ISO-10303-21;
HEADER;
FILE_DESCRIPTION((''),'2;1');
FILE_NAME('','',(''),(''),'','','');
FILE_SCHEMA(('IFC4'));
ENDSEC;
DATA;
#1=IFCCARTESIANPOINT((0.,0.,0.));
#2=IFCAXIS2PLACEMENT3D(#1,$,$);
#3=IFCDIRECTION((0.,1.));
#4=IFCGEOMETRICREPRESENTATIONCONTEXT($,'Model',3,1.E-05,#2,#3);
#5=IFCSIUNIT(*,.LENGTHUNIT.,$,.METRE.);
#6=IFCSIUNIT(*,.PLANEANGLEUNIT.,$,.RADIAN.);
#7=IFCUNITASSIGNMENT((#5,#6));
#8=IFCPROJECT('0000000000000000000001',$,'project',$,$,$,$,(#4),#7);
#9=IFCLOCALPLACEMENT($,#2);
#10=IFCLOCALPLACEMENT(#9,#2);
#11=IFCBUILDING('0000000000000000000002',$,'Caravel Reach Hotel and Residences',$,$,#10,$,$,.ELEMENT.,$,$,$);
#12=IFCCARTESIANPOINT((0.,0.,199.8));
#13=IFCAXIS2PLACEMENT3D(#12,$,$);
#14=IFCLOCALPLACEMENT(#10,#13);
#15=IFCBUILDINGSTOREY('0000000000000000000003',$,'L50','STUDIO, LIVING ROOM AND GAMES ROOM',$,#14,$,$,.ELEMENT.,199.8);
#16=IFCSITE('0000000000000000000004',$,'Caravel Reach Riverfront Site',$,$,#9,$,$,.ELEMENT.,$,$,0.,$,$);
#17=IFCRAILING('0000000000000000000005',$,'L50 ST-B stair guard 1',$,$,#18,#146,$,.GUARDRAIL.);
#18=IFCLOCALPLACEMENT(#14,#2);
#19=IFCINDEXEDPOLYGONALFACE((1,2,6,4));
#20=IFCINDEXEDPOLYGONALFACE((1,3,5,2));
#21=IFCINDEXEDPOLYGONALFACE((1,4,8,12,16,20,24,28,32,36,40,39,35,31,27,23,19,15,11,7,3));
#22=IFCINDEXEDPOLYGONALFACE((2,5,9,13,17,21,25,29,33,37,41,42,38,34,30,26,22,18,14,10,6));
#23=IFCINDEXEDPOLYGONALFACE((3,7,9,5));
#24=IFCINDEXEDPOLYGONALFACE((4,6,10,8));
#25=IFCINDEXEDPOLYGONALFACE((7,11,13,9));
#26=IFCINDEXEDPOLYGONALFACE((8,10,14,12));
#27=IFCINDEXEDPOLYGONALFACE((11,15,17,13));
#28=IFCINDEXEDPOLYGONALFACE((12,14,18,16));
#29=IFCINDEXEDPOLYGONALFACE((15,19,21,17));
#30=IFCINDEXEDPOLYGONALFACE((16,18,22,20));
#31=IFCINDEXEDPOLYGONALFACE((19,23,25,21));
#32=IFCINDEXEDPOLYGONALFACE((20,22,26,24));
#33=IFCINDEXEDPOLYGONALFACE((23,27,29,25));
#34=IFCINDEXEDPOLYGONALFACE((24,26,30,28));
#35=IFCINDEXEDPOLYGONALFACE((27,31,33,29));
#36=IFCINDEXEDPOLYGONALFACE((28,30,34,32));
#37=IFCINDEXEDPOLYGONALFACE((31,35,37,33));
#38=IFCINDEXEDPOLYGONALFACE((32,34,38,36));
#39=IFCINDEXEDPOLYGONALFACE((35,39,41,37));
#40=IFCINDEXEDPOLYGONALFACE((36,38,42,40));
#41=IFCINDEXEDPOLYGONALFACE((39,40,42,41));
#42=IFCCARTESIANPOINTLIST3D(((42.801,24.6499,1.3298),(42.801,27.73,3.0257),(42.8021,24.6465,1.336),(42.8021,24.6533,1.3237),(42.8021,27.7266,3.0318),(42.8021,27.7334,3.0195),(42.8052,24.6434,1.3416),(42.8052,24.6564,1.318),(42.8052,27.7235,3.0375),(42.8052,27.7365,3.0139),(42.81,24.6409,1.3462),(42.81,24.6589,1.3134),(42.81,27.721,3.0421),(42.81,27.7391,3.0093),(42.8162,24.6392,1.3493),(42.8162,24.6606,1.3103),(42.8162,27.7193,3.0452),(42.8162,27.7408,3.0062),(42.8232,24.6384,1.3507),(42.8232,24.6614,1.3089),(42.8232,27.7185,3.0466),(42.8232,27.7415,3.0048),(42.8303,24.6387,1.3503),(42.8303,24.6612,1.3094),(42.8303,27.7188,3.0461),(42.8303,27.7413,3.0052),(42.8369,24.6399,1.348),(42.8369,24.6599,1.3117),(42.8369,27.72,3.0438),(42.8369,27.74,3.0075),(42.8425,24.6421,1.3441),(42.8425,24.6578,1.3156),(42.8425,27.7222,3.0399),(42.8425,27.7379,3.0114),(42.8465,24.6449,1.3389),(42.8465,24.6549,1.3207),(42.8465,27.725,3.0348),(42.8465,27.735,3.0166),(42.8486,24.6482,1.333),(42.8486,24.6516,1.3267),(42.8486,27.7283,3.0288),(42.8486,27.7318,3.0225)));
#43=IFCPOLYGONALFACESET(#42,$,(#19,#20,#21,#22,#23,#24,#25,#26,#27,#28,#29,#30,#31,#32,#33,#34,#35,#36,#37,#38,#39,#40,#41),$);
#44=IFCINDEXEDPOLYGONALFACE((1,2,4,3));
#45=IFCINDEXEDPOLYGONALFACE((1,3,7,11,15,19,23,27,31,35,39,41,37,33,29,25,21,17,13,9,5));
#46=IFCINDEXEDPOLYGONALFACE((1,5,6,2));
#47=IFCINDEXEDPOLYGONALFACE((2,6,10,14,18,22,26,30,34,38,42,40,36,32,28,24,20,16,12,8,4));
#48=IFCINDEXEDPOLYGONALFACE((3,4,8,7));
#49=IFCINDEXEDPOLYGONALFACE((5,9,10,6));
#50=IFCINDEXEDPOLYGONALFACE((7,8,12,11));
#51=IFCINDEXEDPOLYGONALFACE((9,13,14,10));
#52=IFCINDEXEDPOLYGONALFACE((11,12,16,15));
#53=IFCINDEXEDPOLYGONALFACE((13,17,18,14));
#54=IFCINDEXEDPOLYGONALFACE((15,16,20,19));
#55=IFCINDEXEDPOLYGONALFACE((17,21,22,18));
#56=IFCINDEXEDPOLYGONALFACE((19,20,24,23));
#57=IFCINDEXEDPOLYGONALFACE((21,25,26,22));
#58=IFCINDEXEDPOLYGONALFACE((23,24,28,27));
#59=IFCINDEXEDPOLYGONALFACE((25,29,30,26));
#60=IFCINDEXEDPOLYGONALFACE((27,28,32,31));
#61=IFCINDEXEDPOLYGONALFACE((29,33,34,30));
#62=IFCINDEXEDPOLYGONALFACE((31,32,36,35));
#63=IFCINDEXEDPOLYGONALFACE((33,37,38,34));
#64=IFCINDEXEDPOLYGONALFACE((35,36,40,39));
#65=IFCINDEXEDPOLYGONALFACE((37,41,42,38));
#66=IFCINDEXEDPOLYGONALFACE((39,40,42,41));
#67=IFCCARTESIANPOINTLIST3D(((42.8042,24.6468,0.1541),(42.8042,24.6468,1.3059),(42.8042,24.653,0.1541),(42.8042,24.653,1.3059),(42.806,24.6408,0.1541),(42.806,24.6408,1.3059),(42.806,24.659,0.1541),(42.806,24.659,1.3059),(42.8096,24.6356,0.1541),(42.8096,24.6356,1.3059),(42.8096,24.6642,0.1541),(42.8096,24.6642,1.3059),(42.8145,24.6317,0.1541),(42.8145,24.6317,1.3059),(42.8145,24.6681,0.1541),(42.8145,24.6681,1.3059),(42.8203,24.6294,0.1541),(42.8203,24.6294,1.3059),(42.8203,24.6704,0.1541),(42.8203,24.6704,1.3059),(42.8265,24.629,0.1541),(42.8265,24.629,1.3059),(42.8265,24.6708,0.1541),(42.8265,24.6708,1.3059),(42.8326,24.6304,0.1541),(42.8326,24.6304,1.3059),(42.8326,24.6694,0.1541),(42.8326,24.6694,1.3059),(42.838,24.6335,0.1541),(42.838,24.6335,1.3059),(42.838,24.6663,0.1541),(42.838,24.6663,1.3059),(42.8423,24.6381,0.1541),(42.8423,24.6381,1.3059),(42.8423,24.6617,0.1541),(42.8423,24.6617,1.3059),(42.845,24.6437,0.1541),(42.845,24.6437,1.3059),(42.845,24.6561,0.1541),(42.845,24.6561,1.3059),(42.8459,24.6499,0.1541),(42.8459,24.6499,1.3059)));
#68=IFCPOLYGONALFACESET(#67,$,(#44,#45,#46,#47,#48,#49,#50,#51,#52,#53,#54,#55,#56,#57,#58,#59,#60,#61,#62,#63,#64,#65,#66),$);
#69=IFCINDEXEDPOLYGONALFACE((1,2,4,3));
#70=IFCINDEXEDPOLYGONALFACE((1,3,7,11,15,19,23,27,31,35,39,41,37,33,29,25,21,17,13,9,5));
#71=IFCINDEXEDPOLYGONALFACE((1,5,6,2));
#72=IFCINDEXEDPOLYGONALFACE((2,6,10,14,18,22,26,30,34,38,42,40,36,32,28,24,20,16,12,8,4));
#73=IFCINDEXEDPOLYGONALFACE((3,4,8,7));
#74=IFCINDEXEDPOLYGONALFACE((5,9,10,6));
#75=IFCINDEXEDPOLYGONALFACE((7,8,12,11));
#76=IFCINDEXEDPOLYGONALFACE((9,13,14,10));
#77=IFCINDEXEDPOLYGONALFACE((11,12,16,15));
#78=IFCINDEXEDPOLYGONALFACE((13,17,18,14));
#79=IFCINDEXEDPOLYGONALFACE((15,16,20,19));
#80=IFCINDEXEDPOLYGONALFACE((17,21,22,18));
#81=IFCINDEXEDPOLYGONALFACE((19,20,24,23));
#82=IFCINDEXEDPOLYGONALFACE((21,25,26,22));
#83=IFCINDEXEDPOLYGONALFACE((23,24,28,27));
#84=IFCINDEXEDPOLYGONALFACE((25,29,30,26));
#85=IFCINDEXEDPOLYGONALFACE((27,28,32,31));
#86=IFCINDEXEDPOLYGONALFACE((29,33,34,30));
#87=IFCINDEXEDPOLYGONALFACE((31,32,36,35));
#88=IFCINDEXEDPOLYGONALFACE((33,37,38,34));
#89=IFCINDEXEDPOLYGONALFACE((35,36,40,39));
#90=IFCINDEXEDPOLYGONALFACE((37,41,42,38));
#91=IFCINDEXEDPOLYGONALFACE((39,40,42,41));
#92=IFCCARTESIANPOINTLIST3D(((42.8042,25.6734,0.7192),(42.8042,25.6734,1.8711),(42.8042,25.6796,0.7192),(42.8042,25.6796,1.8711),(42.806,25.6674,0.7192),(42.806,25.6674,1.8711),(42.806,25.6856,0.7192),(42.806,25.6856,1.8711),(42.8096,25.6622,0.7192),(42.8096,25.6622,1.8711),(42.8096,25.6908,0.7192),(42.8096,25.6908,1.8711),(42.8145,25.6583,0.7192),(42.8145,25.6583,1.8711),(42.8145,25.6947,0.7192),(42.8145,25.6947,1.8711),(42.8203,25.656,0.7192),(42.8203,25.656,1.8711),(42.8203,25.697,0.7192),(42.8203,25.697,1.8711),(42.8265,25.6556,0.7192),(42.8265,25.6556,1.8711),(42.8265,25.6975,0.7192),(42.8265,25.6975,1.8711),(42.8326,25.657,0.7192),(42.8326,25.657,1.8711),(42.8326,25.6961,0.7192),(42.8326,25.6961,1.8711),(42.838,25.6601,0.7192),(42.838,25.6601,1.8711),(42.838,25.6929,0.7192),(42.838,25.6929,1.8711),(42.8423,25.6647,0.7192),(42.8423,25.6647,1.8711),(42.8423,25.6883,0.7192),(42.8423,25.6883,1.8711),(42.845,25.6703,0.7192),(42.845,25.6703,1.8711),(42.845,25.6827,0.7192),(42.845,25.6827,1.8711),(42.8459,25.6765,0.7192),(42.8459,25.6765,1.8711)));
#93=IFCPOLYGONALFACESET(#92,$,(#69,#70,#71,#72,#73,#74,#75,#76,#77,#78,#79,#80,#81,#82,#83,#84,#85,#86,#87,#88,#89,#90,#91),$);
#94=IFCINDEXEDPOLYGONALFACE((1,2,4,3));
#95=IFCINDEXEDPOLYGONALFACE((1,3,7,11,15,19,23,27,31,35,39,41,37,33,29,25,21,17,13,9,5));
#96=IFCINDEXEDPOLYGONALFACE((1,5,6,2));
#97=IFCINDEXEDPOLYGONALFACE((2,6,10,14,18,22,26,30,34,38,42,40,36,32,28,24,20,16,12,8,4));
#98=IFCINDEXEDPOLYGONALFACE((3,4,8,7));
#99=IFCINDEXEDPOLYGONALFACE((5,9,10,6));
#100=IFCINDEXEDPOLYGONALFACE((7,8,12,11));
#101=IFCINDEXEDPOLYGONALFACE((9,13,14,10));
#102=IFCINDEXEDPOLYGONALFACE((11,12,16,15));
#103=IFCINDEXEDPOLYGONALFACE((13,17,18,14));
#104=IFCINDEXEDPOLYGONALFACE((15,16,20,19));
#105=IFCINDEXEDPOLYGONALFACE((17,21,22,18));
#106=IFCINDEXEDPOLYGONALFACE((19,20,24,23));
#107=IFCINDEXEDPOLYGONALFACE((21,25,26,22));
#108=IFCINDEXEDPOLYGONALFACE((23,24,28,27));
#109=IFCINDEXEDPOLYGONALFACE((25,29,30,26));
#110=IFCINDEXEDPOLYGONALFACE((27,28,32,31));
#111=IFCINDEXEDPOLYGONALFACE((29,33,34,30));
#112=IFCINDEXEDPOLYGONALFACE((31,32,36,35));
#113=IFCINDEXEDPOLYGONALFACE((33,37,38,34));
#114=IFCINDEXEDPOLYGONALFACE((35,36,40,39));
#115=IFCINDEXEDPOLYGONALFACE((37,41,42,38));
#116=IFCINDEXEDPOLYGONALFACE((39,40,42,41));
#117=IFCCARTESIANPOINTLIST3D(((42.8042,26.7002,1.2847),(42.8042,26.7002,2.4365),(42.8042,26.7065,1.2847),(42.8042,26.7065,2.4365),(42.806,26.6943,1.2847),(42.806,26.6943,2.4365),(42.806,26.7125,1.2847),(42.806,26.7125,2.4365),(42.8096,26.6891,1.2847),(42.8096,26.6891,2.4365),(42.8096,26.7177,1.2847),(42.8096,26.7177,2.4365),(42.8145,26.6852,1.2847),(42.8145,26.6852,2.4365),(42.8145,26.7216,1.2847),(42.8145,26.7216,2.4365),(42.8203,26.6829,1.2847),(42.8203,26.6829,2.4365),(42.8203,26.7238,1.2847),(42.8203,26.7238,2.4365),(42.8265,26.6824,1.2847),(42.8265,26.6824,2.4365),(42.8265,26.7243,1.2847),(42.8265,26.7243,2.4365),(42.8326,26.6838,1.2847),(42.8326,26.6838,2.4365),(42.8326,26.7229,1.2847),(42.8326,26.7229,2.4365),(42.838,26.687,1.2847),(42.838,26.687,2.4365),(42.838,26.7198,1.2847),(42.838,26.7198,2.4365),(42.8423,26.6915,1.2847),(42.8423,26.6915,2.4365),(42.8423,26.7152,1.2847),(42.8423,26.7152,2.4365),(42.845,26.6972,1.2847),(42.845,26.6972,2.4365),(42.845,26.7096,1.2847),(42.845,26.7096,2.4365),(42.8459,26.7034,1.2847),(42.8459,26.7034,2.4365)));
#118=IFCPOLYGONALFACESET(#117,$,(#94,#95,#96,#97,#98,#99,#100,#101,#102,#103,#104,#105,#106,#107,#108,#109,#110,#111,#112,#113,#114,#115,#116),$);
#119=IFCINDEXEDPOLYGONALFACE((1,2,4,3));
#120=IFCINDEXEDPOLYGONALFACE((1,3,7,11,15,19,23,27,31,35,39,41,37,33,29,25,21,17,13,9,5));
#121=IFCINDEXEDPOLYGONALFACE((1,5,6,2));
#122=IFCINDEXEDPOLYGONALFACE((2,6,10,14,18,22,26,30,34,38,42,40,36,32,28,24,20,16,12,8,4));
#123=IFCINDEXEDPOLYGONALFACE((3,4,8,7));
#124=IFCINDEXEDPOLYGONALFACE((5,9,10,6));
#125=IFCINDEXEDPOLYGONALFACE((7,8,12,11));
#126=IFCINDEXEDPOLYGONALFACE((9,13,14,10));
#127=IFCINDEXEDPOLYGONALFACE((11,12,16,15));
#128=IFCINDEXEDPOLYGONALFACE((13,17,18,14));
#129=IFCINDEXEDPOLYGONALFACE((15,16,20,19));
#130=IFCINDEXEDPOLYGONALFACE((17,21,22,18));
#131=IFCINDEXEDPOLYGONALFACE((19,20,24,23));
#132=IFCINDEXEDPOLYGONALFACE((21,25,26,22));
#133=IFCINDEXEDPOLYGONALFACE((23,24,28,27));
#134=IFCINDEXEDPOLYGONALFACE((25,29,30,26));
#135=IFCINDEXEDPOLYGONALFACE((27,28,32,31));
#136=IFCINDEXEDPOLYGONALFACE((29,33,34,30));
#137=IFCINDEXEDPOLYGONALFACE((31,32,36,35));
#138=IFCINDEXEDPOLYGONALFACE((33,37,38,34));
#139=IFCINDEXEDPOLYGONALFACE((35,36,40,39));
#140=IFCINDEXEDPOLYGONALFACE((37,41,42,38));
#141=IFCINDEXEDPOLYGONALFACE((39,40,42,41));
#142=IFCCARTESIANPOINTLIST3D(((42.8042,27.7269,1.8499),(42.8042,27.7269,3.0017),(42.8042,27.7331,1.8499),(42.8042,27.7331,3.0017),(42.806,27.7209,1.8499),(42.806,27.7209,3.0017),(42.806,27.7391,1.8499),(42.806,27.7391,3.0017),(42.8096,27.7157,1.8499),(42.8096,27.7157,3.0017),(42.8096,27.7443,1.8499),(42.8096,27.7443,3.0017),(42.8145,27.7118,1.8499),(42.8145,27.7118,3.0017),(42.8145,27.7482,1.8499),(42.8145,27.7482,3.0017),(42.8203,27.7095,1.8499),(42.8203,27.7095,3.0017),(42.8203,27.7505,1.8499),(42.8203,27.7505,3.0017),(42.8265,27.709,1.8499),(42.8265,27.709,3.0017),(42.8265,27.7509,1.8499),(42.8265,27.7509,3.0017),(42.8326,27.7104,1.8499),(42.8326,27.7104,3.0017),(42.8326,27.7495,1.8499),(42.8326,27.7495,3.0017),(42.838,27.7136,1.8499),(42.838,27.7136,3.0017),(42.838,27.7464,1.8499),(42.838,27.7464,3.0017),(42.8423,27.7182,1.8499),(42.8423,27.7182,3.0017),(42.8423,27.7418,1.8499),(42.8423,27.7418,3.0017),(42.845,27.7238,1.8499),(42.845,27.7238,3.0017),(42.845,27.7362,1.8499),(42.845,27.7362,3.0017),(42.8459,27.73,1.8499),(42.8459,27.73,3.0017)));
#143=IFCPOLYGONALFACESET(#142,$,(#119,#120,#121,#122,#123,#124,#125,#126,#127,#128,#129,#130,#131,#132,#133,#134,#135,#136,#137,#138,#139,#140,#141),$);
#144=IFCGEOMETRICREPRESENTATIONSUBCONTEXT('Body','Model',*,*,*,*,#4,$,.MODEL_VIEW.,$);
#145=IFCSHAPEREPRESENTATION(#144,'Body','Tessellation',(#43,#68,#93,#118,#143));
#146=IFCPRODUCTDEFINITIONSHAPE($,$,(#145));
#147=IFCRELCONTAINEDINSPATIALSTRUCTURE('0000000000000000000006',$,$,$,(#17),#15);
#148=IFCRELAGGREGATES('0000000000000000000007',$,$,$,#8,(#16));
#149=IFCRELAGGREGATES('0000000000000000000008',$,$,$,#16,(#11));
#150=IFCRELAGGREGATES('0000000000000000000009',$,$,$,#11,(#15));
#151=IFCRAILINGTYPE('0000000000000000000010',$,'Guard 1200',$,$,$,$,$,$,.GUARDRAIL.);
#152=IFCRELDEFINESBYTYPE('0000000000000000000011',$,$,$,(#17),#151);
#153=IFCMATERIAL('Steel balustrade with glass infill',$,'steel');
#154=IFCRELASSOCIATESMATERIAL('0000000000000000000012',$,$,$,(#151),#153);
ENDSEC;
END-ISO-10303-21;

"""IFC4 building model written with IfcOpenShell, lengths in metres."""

from ifc_helpers import new_model, si_unit, direction, frame, origin, origin_2d, place, context, subcontext, project, spatial, circle, extrude, material, type_object, element, save


model = new_model("IFC4")

# Units and contexts
model_context = context("Model", 3, precision=1e-05, world=origin(), true_north=direction((0.0, 1.0)))
body_context = subcontext(model_context, "Body", "Model", "MODEL_VIEW")
ifc_project = project(units=[si_unit("LENGTHUNIT", "METRE"), si_unit("PLANEANGLEUNIT", "RADIAN")], contexts=[model_context])

# Site, building, storey
site_placement = place(None, origin())
site = spatial("IfcSite", under=ifc_project, at=site_placement, Name="Caravel Reach Riverfront Site", CompositionType="ELEMENT", RefElevation=0.0)
building_placement = place(site_placement, origin())
building = spatial("IfcBuilding", under=site, at=building_placement, Name="Caravel Reach Hotel and Residences", CompositionType="ELEMENT")
storey_placement = place(building_placement, frame((0.0, 0.0, 199.8)))
storey = spatial("IfcBuildingStorey", under=building, at=storey_placement, Name="L50", Description="STUDIO, LIVING ROOM AND GAMES ROOM", CompositionType="ELEMENT", Elevation=199.8)

# Railing
ifc_material_1 = material(Name="Steel balustrade with glass infill", Category="steel")
railing_type_1 = type_object("IfcRailingType", Name="Guard 1200", PredefinedType="GUARDRAIL", material=ifc_material_1)
railing_1_placement = place(storey_placement, frame((42.825, 24.6499, 0.1541)))
element("IfcRailing", 1, at=railing_1_placement, inside=storey, type_object=railing_type_1, Name="L50 ST-B stair guard 1", PredefinedType="GUARDRAIL", context=body_context, shape_type="SweptSolid", body=[
    extrude(circle(Radius=0.0239, at=origin_2d()), frame((0.0, 0.0, 1.1758), z_axis=(0.0, 0.876005, 0.482303), x_axis=(-1.0, 0.0, 0.0)), (0.0, 0.0, 1.0), 3.5161),
    extrude(circle(Radius=0.021, at=origin_2d()), origin(), (0.0, 0.0, 1.0), 1.1519),
    extrude(circle(Radius=0.021, at=origin_2d()), frame((0.0, 1.0266, 0.5652)), (0.0, 0.0, 1.0), 1.1519),
    extrude(circle(Radius=0.021, at=origin_2d()), frame((0.0, 2.0535, 1.1306)), (0.0, 0.0, 1.0), 1.1519),
    extrude(circle(Radius=0.021, at=origin_2d()), frame((0.0, 3.0801, 1.6958)), (0.0, 0.0, 1.0), 1.1519),
])

save(model, "model.ifc")
